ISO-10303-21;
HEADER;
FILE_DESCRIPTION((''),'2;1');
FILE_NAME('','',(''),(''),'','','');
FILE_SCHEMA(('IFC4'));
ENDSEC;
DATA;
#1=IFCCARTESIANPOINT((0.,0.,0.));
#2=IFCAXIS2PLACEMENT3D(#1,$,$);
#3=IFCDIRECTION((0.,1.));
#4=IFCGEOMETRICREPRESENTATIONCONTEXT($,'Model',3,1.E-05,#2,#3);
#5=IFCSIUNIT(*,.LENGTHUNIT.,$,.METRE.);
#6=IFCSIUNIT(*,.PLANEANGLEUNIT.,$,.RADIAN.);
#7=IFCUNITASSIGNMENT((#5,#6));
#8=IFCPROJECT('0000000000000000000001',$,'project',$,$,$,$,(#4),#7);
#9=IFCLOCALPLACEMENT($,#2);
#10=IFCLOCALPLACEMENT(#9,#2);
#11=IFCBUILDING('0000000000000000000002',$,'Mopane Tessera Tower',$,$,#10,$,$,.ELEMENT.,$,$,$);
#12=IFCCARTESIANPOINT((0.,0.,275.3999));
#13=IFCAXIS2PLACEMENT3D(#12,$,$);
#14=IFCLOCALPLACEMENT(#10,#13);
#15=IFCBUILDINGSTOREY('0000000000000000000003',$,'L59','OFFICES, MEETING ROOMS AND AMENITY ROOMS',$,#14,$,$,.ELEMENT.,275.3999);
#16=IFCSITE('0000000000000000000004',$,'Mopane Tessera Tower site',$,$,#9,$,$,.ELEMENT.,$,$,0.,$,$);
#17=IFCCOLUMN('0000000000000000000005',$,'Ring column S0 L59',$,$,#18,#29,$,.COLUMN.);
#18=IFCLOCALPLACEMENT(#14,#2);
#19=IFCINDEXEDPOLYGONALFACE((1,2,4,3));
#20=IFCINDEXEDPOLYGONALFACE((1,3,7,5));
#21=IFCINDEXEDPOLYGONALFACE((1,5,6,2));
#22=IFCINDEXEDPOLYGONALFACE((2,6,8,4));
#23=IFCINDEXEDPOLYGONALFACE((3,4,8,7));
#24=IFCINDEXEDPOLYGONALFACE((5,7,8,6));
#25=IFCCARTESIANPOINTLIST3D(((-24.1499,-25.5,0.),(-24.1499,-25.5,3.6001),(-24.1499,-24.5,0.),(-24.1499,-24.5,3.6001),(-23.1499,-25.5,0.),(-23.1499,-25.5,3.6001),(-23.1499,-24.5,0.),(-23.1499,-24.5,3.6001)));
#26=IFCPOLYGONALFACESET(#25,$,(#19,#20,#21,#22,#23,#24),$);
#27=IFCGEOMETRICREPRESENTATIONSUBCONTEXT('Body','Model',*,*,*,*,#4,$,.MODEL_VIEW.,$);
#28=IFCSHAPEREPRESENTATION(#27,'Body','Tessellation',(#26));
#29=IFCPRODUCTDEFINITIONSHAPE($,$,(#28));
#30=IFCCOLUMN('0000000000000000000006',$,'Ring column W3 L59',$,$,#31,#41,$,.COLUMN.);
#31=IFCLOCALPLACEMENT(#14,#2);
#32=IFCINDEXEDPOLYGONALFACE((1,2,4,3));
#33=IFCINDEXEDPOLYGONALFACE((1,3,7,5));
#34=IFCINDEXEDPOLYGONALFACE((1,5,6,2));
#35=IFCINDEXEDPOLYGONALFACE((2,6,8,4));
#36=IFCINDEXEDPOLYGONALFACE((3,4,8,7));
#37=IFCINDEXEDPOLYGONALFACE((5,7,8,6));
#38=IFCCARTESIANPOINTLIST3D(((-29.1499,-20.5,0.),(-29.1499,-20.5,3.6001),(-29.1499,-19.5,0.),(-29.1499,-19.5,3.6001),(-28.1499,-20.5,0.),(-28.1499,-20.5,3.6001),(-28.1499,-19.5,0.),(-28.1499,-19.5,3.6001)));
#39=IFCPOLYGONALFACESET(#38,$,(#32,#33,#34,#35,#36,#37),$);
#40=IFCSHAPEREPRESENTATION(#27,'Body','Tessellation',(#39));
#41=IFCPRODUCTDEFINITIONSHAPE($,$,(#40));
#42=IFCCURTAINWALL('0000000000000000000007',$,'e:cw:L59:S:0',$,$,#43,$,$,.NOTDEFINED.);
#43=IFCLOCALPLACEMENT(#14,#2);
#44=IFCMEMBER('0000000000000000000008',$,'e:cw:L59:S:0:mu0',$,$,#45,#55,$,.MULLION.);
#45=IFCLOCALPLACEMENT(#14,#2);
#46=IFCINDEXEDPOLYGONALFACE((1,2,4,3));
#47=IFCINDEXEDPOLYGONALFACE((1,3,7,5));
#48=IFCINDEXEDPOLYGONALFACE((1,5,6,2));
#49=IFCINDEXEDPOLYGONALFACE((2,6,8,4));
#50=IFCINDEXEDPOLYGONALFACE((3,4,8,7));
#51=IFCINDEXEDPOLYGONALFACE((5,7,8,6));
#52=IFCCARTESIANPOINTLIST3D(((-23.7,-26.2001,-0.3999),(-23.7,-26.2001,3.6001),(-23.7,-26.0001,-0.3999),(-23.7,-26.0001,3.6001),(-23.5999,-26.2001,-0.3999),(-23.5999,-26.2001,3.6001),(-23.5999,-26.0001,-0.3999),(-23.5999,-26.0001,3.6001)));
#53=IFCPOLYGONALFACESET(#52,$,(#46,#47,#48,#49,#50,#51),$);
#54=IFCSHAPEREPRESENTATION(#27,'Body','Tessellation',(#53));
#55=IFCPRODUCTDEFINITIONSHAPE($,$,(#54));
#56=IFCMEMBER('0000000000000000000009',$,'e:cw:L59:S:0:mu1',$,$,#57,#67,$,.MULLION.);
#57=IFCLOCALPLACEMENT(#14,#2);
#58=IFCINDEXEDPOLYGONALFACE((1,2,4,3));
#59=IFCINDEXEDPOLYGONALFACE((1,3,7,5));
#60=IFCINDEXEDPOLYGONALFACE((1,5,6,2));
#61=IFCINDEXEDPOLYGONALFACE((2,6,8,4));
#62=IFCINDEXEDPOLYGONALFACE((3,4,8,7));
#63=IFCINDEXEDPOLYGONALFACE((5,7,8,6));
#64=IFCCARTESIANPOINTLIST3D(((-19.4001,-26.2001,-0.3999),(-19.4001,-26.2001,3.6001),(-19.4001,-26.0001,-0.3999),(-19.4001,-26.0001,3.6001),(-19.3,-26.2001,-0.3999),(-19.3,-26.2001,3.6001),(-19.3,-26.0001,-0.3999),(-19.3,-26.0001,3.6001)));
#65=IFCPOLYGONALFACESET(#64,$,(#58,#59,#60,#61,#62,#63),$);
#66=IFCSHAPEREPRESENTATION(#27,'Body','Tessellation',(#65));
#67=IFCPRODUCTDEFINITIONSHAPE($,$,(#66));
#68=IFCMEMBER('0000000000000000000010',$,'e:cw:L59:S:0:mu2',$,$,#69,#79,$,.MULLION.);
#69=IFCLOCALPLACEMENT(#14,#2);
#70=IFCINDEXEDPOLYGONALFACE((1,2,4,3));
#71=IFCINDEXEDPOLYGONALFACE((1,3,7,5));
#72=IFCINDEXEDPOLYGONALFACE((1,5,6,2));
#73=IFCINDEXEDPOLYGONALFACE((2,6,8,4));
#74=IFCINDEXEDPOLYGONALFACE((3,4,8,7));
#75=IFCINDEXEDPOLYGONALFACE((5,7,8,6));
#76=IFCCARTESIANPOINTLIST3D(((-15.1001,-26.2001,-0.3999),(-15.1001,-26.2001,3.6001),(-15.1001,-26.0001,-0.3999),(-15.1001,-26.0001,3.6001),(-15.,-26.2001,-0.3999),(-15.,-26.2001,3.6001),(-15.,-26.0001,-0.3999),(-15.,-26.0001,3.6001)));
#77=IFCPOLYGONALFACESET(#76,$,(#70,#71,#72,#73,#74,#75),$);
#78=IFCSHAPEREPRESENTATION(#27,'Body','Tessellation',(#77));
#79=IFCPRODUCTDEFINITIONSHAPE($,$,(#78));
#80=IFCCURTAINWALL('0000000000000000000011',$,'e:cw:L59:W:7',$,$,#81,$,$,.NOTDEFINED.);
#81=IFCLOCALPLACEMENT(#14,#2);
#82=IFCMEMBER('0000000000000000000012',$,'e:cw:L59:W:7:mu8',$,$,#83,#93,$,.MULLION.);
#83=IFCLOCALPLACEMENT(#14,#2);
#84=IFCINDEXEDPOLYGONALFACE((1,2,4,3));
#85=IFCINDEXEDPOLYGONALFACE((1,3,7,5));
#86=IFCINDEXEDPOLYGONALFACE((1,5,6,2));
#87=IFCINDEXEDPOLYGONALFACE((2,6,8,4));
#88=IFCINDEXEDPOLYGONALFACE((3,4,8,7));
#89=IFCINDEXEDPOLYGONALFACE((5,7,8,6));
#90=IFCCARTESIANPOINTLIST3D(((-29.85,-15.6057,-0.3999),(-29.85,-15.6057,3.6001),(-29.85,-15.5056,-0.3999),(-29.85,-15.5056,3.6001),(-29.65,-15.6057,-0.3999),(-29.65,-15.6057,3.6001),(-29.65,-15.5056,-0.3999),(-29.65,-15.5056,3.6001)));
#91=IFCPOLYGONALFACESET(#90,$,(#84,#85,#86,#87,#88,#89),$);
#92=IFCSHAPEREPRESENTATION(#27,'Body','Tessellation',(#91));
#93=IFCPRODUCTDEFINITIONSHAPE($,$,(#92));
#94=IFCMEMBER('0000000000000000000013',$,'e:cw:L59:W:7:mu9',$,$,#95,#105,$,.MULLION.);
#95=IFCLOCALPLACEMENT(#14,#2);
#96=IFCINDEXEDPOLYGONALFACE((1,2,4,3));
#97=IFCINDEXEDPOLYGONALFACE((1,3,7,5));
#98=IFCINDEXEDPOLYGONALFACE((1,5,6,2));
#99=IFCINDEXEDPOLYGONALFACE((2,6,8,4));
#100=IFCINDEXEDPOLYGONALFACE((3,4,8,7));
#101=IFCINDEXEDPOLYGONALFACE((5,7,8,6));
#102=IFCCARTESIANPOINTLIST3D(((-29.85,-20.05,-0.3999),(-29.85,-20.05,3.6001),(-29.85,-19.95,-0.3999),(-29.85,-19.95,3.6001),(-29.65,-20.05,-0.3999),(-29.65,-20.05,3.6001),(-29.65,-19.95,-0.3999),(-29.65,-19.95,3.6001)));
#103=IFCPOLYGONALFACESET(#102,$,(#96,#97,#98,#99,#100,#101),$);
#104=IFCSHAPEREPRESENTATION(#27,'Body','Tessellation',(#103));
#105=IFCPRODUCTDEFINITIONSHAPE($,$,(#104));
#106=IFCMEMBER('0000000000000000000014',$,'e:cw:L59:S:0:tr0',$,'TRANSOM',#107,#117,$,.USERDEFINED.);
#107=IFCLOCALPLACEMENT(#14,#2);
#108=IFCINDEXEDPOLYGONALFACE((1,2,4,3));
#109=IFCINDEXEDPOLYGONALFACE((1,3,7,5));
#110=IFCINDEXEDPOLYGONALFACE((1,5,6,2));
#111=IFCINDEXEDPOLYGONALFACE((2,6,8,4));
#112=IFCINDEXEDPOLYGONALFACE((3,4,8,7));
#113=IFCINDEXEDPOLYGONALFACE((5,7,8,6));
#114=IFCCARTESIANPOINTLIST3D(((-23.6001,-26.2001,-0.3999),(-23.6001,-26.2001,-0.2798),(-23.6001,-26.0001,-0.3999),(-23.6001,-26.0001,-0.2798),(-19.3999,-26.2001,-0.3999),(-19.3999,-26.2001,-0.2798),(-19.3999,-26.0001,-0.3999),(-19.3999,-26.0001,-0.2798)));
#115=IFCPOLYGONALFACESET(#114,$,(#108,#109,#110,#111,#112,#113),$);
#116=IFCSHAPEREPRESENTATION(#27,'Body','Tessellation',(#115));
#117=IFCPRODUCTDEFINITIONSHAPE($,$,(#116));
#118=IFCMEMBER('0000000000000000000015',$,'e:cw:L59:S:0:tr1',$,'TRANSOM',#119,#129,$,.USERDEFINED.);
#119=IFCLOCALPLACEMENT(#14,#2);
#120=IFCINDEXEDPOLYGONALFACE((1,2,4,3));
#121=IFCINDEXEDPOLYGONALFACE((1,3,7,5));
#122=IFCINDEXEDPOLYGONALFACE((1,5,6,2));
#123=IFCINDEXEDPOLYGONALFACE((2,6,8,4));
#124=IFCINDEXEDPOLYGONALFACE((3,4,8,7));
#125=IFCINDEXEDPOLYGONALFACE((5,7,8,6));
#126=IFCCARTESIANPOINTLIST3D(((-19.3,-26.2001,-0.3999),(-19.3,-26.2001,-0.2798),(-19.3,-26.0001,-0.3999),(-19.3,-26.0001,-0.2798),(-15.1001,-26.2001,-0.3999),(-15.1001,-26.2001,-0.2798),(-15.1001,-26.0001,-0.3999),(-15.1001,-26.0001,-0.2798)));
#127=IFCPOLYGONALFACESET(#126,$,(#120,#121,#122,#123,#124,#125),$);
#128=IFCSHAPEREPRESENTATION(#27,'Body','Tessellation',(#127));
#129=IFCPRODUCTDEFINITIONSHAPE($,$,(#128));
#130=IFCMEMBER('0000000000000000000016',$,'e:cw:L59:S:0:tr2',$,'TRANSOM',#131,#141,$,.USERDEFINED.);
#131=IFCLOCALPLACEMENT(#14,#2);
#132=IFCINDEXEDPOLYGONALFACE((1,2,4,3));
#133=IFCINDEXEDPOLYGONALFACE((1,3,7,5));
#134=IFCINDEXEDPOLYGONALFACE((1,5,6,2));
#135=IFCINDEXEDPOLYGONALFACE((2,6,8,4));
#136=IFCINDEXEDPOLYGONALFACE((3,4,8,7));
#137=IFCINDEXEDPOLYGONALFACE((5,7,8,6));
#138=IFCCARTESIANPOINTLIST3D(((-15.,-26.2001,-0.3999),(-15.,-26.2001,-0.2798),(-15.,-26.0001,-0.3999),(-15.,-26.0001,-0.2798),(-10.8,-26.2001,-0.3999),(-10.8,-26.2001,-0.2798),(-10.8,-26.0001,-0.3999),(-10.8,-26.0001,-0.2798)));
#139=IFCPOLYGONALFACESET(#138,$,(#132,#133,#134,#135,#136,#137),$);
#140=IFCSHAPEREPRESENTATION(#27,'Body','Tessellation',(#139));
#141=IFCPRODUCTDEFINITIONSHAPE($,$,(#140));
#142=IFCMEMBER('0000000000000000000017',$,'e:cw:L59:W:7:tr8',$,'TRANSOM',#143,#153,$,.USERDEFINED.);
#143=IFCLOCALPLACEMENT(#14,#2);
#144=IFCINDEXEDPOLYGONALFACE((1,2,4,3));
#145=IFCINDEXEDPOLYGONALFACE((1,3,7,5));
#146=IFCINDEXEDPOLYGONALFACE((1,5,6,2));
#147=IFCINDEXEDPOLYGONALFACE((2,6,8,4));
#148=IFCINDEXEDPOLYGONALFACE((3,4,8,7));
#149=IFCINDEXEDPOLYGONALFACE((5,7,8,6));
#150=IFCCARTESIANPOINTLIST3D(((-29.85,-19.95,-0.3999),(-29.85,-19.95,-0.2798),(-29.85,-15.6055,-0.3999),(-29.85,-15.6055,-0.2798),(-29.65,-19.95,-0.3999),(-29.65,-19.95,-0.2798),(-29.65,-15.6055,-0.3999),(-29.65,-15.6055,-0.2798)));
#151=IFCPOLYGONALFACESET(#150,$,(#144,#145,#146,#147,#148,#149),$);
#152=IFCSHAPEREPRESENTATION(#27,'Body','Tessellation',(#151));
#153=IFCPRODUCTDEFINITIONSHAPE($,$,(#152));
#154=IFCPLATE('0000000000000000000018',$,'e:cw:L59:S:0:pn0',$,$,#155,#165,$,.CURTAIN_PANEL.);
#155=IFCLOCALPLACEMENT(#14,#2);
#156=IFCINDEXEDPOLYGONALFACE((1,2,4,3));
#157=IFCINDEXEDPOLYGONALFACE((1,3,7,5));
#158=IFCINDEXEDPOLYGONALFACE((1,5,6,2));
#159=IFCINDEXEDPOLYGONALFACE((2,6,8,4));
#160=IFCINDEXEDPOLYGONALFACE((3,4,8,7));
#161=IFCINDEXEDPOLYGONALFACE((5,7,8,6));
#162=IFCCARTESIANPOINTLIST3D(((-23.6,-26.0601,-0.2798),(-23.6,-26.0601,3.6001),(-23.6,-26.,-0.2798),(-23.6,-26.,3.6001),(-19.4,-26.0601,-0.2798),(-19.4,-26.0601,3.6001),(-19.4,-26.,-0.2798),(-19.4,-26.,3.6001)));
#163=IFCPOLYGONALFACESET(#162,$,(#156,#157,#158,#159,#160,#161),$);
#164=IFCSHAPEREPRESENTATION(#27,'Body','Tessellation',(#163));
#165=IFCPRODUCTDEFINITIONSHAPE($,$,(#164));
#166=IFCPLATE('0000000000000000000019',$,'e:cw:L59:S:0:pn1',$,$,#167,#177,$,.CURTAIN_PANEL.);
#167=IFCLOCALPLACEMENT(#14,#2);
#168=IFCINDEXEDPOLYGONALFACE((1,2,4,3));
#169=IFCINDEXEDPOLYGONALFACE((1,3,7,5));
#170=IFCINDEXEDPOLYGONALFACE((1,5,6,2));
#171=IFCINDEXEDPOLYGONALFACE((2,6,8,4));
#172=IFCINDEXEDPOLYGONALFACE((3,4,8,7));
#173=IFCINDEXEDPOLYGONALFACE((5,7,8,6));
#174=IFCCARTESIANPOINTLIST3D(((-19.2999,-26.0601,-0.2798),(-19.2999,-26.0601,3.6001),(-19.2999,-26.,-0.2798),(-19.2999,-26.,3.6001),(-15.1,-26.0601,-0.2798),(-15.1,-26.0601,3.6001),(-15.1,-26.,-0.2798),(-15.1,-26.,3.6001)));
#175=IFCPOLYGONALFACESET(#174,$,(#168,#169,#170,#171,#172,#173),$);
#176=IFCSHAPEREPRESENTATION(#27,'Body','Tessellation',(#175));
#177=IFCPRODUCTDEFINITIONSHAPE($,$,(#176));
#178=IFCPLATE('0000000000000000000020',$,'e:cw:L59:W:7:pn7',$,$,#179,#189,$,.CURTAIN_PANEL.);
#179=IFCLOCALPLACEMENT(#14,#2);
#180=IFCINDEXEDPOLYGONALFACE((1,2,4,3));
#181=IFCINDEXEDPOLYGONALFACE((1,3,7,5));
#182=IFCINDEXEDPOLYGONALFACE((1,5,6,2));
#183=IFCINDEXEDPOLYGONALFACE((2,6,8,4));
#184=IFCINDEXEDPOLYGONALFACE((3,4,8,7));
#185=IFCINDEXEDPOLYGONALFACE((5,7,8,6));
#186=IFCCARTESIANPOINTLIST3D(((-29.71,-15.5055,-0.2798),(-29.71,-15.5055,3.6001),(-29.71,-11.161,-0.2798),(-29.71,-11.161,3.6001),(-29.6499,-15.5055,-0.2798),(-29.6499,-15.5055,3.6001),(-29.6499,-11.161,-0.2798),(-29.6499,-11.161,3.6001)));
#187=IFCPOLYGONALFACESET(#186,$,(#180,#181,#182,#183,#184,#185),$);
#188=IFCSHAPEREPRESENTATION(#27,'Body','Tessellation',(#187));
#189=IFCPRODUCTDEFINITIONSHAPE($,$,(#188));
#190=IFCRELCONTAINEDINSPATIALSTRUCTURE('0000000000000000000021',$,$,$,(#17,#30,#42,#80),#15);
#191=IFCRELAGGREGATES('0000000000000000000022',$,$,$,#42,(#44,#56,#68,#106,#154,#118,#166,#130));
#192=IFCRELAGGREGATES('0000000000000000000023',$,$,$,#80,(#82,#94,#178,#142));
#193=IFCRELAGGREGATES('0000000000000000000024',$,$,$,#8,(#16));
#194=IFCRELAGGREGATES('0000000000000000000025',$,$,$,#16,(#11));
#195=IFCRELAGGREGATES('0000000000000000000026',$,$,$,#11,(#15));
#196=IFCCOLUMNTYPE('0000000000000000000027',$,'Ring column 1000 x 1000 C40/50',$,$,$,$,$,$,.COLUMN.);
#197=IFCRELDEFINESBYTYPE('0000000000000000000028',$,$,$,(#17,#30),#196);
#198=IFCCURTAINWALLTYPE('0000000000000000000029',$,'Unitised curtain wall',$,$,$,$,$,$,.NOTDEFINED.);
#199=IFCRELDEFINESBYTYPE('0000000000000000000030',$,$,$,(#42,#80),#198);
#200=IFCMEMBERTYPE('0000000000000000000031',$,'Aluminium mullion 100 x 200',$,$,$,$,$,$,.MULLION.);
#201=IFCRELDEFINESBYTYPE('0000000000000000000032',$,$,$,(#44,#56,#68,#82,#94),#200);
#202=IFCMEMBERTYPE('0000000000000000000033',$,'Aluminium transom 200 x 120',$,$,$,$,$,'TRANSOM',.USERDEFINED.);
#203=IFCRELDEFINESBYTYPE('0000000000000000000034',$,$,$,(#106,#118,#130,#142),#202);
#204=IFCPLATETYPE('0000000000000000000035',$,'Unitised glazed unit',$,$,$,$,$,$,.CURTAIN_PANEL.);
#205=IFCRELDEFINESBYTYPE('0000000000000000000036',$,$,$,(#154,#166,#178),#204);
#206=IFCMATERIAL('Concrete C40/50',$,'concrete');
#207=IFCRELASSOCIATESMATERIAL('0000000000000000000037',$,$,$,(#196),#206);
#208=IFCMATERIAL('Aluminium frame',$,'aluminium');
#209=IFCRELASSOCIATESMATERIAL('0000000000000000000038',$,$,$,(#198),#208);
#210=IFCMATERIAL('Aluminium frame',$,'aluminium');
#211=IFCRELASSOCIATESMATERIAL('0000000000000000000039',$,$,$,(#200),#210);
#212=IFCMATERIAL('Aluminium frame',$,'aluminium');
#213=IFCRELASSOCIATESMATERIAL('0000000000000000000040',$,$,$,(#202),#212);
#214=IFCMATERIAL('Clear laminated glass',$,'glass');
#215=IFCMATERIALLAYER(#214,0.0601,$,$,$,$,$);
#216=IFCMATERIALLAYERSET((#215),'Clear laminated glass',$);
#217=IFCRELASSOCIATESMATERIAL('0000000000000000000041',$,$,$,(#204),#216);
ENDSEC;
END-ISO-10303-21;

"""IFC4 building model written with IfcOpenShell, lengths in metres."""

from ifc_helpers import new_model, si_unit, direction, frame, origin, origin_2d, place, context, subcontext, project, spatial, rectangle, extrude, material, layer, layer_set, material_profile, profile_set, type_object, element, aggregate, save


model = new_model("IFC4")

# Units and contexts
model_context = context("Model", 3, precision=1e-05, world=origin(), true_north=direction((0.0, 1.0)))
body_context = subcontext(model_context, "Body", "Model", "MODEL_VIEW")
ifc_project = project(units=[si_unit("LENGTHUNIT", "METRE"), si_unit("PLANEANGLEUNIT", "RADIAN")], contexts=[model_context])

# Site, building, storey
site_placement = place(None, origin())
site = spatial("IfcSite", under=ifc_project, at=site_placement, Name="Mopane Tessera Tower site", CompositionType="ELEMENT", RefElevation=0.0)
building_placement = place(site_placement, origin())
building = spatial("IfcBuilding", under=site, at=building_placement, Name="Mopane Tessera Tower", CompositionType="ELEMENT")
storey_placement = place(building_placement, frame((0.0, 0.0, 275.3999)))
storey = spatial("IfcBuildingStorey", under=building, at=storey_placement, Name="L59", Description="OFFICES, MEETING ROOMS AND AMENITY ROOMS", CompositionType="ELEMENT", Elevation=275.3999)

# Columns
ifc_material_1 = material(Name="Concrete C40/50", Category="concrete")
ifc_material_profile_1 = material_profile(ifc_material_1, rectangle(XDim=1.0, YDim=1.0, at=origin_2d()))
ifc_profile_set_1 = profile_set([ifc_material_profile_1], Name="Concrete C40/50")
column_type = type_object("IfcColumnType", Name="Ring column 1000 x 1000 C40/50", PredefinedType="COLUMN", material=ifc_profile_set_1)
for number, where, z_axis, x_axis, name in (
    (1, (-23.6499, -25.0, 0.0), (0.0, 0.0, 1.0), (1.0, 0.0, 0.0), "Ring column S0 L59"),
    (2, (-28.6499, -20.0, 0.0), (0.0, 0.0, 1.0), (1.0, 0.0, 0.0), "Ring column W3 L59"),
):
    element("IfcColumn", number, at=place(storey_placement, frame(where, z_axis=z_axis, x_axis=x_axis)), inside=storey, type_object=column_type, Name=name, PredefinedType="COLUMN", context=body_context, shape_type="SweptSolid", body=[
        extrude(rectangle(XDim=1.0, YDim=1.0, at=origin_2d()), origin(), (0.0, 0.0, 1.0), 3.6001),
    ])

# Curtain walls, members
ifc_material_2 = material(Name="Aluminium frame", Category="aluminium")
curtain_wall_type = type_object("IfcCurtainWallType", Name="Unitised curtain wall", PredefinedType="NOTDEFINED", material=ifc_material_2)
curtain_wall_1_placement = place(storey_placement, origin())
curtain_wall_1 = element("IfcCurtainWall", 3, at=curtain_wall_1_placement, inside=storey, type_object=curtain_wall_type, Name="e:cw:L59:S:0", PredefinedType="NOTDEFINED")
ifc_material_3 = material(Name="Aluminium frame", Category="aluminium")
ifc_material_profile_2 = material_profile(ifc_material_3, rectangle(XDim=0.1001, YDim=0.2, at=origin_2d()))
ifc_profile_set_2 = profile_set([ifc_material_profile_2], Name="Aluminium frame")
member_type_1 = type_object("IfcMemberType", Name="Aluminium mullion 100 x 200", PredefinedType="MULLION", material=ifc_profile_set_2)
member_1_placement = place(storey_placement, frame((-23.6499, -26.1001, -0.3999), z_axis=(0.0, 0.0, 1.0), x_axis=(1.0, 0.0, 0.0)))
member_1 = element("IfcMember", 4, at=member_1_placement, type_object=member_type_1, Name="e:cw:L59:S:0:mu0", PredefinedType="MULLION", context=body_context, shape_type="SweptSolid", body=[
    extrude(rectangle(XDim=0.1001, YDim=0.2, at=origin_2d()), origin(), (0.0, 0.0, 1.0), 4.0),
])
member_2_placement = place(storey_placement, frame((-19.3501, -26.1001, -0.3999), z_axis=(0.0, 0.0, 1.0), x_axis=(1.0, 0.0, 0.0)))
member_2 = element("IfcMember", 5, at=member_2_placement, type_object=member_type_1, Name="e:cw:L59:S:0:mu1", PredefinedType="MULLION", context=body_context, shape_type="SweptSolid", body=[
    extrude(rectangle(XDim=0.1001, YDim=0.2, at=origin_2d()), origin(), (0.0, 0.0, 1.0), 4.0),
])
member_3_placement = place(storey_placement, frame((-15.05, -26.1001, -0.3999), z_axis=(0.0, 0.0, 1.0), x_axis=(1.0, 0.0, 0.0)))
member_3 = element("IfcMember", 6, at=member_3_placement, type_object=member_type_1, Name="e:cw:L59:S:0:mu2", PredefinedType="MULLION", context=body_context, shape_type="SweptSolid", body=[
    extrude(rectangle(XDim=0.1001, YDim=0.2, at=origin_2d()), origin(), (0.0, 0.0, 1.0), 4.0),
])
curtain_wall_2_placement = place(storey_placement, origin())
curtain_wall_2 = element("IfcCurtainWall", 7, at=curtain_wall_2_placement, inside=storey, type_object=curtain_wall_type, Name="e:cw:L59:W:7", PredefinedType="NOTDEFINED")
member_4_placement = place(storey_placement, frame((-29.75, -15.5557, -0.3999), z_axis=(0.0, 0.0, 1.0), x_axis=(0.0, -1.0, 0.0)))
member_4 = element("IfcMember", 8, at=member_4_placement, type_object=member_type_1, Name="e:cw:L59:W:7:mu8", PredefinedType="MULLION", context=body_context, shape_type="SweptSolid", body=[
    extrude(rectangle(XDim=0.1001, YDim=0.2, at=origin_2d()), origin(), (0.0, 0.0, 1.0), 4.0),
])
member_5_placement = place(storey_placement, frame((-29.75, -20.0, -0.3999), z_axis=(0.0, 0.0, 1.0), x_axis=(0.0, -1.0, 0.0)))
member_5 = element("IfcMember", 9, at=member_5_placement, type_object=member_type_1, Name="e:cw:L59:W:7:mu9", PredefinedType="MULLION", context=body_context, shape_type="SweptSolid", body=[
    extrude(rectangle(XDim=0.1001, YDim=0.2, at=origin_2d()), origin(), (0.0, 0.0, 1.0), 4.0),
])

# Members
ifc_material_4 = material(Name="Aluminium frame", Category="aluminium")
ifc_material_profile_3 = material_profile(ifc_material_4, rectangle(XDim=0.2, YDim=0.1201, at=origin_2d()))
ifc_profile_set_3 = profile_set([ifc_material_profile_3], Name="Aluminium frame")
member_type_2 = type_object("IfcMemberType", Name="Aluminium transom 200 x 120", ElementType="TRANSOM", PredefinedType="USERDEFINED", material=ifc_profile_set_3)
member_6_placement = place(storey_placement, frame((-23.6001, -26.1001, -0.3398), z_axis=(1.0, 0.0, 0.0), x_axis=(0.0, 1.0, 0.0)))
member_6 = element("IfcMember", 10, at=member_6_placement, type_object=member_type_2, Name="e:cw:L59:S:0:tr0", ObjectType="TRANSOM", PredefinedType="USERDEFINED", context=body_context, shape_type="SweptSolid", body=[
    extrude(rectangle(XDim=0.2, YDim=0.1201, at=origin_2d()), origin(), (0.0, 0.0, 1.0), 4.2002),
])
member_7_placement = place(storey_placement, frame((-19.3, -26.1001, -0.3398), z_axis=(1.0, 0.0, 0.0), x_axis=(0.0, 1.0, 0.0)))
member_7 = element("IfcMember", 11, at=member_7_placement, type_object=member_type_2, Name="e:cw:L59:S:0:tr1", ObjectType="TRANSOM", PredefinedType="USERDEFINED", context=body_context, shape_type="SweptSolid", body=[
    extrude(rectangle(XDim=0.2, YDim=0.1201, at=origin_2d()), origin(), (0.0, 0.0, 1.0), 4.2),
])
member_8_placement = place(storey_placement, frame((-15.0, -26.1001, -0.3398), z_axis=(1.0, 0.0, 0.0), x_axis=(0.0, 1.0, 0.0)))
member_8 = element("IfcMember", 12, at=member_8_placement, type_object=member_type_2, Name="e:cw:L59:S:0:tr2", ObjectType="TRANSOM", PredefinedType="USERDEFINED", context=body_context, shape_type="SweptSolid", body=[
    extrude(rectangle(XDim=0.2, YDim=0.1201, at=origin_2d()), origin(), (0.0, 0.0, 1.0), 4.2),
])
member_9_placement = place(storey_placement, frame((-29.75, -15.6055, -0.3398), z_axis=(0.0, -1.0, 0.0), x_axis=(1.0, 0.0, 0.0)))
member_9 = element("IfcMember", 13, at=member_9_placement, type_object=member_type_2, Name="e:cw:L59:W:7:tr8", ObjectType="TRANSOM", PredefinedType="USERDEFINED", context=body_context, shape_type="SweptSolid", body=[
    extrude(rectangle(XDim=0.2, YDim=0.1201, at=origin_2d()), origin(), (0.0, 0.0, 1.0), 4.3445),
])

# Plates
ifc_material_5 = material(Name="Clear laminated glass", Category="glass")
ifc_layer_1 = layer(ifc_material_5, 0.0601)
ifc_layer_set_1 = layer_set([ifc_layer_1], Name="Clear laminated glass")
plate_type = type_object("IfcPlateType", Name="Unitised glazed unit", PredefinedType="CURTAIN_PANEL", material=ifc_layer_set_1)
plate_1_placement = place(storey_placement, frame((-21.5, -26.03, -0.2798), z_axis=(0.0, 0.0, 1.0), x_axis=(1.0, 0.0, 0.0)))
plate_1 = element("IfcPlate", 14, at=plate_1_placement, type_object=plate_type, Name="e:cw:L59:S:0:pn0", PredefinedType="CURTAIN_PANEL", context=body_context, shape_type="SweptSolid", body=[
    extrude(rectangle(XDim=4.2, YDim=0.0601, at=origin_2d()), origin(), (0.0, 0.0, 1.0), 3.8799),
])
plate_2_placement = place(storey_placement, frame((-17.2, -26.03, -0.2798), z_axis=(0.0, 0.0, 1.0), x_axis=(1.0, 0.0, 0.0)))
plate_2 = element("IfcPlate", 15, at=plate_2_placement, type_object=plate_type, Name="e:cw:L59:S:0:pn1", PredefinedType="CURTAIN_PANEL", context=body_context, shape_type="SweptSolid", body=[
    extrude(rectangle(XDim=4.2, YDim=0.0601, at=origin_2d()), origin(), (0.0, 0.0, 1.0), 3.8799),
])
aggregate(curtain_wall_1, [member_1, member_2, member_3, member_6, plate_1, member_7, plate_2, member_8])
plate_3_placement = place(storey_placement, frame((-29.6799, -13.3333, -0.2798), z_axis=(0.0, 0.0, 1.0), x_axis=(0.0, -1.0, 0.0)))
plate_3 = element("IfcPlate", 16, at=plate_3_placement, type_object=plate_type, Name="e:cw:L59:W:7:pn7", PredefinedType="CURTAIN_PANEL", context=body_context, shape_type="SweptSolid", body=[
    extrude(rectangle(XDim=4.3445, YDim=0.0601, at=origin_2d()), origin(), (0.0, 0.0, 1.0), 3.8799),
])
aggregate(curtain_wall_2, [member_4, member_5, plate_3, member_9])

save(model, "model.ifc")
